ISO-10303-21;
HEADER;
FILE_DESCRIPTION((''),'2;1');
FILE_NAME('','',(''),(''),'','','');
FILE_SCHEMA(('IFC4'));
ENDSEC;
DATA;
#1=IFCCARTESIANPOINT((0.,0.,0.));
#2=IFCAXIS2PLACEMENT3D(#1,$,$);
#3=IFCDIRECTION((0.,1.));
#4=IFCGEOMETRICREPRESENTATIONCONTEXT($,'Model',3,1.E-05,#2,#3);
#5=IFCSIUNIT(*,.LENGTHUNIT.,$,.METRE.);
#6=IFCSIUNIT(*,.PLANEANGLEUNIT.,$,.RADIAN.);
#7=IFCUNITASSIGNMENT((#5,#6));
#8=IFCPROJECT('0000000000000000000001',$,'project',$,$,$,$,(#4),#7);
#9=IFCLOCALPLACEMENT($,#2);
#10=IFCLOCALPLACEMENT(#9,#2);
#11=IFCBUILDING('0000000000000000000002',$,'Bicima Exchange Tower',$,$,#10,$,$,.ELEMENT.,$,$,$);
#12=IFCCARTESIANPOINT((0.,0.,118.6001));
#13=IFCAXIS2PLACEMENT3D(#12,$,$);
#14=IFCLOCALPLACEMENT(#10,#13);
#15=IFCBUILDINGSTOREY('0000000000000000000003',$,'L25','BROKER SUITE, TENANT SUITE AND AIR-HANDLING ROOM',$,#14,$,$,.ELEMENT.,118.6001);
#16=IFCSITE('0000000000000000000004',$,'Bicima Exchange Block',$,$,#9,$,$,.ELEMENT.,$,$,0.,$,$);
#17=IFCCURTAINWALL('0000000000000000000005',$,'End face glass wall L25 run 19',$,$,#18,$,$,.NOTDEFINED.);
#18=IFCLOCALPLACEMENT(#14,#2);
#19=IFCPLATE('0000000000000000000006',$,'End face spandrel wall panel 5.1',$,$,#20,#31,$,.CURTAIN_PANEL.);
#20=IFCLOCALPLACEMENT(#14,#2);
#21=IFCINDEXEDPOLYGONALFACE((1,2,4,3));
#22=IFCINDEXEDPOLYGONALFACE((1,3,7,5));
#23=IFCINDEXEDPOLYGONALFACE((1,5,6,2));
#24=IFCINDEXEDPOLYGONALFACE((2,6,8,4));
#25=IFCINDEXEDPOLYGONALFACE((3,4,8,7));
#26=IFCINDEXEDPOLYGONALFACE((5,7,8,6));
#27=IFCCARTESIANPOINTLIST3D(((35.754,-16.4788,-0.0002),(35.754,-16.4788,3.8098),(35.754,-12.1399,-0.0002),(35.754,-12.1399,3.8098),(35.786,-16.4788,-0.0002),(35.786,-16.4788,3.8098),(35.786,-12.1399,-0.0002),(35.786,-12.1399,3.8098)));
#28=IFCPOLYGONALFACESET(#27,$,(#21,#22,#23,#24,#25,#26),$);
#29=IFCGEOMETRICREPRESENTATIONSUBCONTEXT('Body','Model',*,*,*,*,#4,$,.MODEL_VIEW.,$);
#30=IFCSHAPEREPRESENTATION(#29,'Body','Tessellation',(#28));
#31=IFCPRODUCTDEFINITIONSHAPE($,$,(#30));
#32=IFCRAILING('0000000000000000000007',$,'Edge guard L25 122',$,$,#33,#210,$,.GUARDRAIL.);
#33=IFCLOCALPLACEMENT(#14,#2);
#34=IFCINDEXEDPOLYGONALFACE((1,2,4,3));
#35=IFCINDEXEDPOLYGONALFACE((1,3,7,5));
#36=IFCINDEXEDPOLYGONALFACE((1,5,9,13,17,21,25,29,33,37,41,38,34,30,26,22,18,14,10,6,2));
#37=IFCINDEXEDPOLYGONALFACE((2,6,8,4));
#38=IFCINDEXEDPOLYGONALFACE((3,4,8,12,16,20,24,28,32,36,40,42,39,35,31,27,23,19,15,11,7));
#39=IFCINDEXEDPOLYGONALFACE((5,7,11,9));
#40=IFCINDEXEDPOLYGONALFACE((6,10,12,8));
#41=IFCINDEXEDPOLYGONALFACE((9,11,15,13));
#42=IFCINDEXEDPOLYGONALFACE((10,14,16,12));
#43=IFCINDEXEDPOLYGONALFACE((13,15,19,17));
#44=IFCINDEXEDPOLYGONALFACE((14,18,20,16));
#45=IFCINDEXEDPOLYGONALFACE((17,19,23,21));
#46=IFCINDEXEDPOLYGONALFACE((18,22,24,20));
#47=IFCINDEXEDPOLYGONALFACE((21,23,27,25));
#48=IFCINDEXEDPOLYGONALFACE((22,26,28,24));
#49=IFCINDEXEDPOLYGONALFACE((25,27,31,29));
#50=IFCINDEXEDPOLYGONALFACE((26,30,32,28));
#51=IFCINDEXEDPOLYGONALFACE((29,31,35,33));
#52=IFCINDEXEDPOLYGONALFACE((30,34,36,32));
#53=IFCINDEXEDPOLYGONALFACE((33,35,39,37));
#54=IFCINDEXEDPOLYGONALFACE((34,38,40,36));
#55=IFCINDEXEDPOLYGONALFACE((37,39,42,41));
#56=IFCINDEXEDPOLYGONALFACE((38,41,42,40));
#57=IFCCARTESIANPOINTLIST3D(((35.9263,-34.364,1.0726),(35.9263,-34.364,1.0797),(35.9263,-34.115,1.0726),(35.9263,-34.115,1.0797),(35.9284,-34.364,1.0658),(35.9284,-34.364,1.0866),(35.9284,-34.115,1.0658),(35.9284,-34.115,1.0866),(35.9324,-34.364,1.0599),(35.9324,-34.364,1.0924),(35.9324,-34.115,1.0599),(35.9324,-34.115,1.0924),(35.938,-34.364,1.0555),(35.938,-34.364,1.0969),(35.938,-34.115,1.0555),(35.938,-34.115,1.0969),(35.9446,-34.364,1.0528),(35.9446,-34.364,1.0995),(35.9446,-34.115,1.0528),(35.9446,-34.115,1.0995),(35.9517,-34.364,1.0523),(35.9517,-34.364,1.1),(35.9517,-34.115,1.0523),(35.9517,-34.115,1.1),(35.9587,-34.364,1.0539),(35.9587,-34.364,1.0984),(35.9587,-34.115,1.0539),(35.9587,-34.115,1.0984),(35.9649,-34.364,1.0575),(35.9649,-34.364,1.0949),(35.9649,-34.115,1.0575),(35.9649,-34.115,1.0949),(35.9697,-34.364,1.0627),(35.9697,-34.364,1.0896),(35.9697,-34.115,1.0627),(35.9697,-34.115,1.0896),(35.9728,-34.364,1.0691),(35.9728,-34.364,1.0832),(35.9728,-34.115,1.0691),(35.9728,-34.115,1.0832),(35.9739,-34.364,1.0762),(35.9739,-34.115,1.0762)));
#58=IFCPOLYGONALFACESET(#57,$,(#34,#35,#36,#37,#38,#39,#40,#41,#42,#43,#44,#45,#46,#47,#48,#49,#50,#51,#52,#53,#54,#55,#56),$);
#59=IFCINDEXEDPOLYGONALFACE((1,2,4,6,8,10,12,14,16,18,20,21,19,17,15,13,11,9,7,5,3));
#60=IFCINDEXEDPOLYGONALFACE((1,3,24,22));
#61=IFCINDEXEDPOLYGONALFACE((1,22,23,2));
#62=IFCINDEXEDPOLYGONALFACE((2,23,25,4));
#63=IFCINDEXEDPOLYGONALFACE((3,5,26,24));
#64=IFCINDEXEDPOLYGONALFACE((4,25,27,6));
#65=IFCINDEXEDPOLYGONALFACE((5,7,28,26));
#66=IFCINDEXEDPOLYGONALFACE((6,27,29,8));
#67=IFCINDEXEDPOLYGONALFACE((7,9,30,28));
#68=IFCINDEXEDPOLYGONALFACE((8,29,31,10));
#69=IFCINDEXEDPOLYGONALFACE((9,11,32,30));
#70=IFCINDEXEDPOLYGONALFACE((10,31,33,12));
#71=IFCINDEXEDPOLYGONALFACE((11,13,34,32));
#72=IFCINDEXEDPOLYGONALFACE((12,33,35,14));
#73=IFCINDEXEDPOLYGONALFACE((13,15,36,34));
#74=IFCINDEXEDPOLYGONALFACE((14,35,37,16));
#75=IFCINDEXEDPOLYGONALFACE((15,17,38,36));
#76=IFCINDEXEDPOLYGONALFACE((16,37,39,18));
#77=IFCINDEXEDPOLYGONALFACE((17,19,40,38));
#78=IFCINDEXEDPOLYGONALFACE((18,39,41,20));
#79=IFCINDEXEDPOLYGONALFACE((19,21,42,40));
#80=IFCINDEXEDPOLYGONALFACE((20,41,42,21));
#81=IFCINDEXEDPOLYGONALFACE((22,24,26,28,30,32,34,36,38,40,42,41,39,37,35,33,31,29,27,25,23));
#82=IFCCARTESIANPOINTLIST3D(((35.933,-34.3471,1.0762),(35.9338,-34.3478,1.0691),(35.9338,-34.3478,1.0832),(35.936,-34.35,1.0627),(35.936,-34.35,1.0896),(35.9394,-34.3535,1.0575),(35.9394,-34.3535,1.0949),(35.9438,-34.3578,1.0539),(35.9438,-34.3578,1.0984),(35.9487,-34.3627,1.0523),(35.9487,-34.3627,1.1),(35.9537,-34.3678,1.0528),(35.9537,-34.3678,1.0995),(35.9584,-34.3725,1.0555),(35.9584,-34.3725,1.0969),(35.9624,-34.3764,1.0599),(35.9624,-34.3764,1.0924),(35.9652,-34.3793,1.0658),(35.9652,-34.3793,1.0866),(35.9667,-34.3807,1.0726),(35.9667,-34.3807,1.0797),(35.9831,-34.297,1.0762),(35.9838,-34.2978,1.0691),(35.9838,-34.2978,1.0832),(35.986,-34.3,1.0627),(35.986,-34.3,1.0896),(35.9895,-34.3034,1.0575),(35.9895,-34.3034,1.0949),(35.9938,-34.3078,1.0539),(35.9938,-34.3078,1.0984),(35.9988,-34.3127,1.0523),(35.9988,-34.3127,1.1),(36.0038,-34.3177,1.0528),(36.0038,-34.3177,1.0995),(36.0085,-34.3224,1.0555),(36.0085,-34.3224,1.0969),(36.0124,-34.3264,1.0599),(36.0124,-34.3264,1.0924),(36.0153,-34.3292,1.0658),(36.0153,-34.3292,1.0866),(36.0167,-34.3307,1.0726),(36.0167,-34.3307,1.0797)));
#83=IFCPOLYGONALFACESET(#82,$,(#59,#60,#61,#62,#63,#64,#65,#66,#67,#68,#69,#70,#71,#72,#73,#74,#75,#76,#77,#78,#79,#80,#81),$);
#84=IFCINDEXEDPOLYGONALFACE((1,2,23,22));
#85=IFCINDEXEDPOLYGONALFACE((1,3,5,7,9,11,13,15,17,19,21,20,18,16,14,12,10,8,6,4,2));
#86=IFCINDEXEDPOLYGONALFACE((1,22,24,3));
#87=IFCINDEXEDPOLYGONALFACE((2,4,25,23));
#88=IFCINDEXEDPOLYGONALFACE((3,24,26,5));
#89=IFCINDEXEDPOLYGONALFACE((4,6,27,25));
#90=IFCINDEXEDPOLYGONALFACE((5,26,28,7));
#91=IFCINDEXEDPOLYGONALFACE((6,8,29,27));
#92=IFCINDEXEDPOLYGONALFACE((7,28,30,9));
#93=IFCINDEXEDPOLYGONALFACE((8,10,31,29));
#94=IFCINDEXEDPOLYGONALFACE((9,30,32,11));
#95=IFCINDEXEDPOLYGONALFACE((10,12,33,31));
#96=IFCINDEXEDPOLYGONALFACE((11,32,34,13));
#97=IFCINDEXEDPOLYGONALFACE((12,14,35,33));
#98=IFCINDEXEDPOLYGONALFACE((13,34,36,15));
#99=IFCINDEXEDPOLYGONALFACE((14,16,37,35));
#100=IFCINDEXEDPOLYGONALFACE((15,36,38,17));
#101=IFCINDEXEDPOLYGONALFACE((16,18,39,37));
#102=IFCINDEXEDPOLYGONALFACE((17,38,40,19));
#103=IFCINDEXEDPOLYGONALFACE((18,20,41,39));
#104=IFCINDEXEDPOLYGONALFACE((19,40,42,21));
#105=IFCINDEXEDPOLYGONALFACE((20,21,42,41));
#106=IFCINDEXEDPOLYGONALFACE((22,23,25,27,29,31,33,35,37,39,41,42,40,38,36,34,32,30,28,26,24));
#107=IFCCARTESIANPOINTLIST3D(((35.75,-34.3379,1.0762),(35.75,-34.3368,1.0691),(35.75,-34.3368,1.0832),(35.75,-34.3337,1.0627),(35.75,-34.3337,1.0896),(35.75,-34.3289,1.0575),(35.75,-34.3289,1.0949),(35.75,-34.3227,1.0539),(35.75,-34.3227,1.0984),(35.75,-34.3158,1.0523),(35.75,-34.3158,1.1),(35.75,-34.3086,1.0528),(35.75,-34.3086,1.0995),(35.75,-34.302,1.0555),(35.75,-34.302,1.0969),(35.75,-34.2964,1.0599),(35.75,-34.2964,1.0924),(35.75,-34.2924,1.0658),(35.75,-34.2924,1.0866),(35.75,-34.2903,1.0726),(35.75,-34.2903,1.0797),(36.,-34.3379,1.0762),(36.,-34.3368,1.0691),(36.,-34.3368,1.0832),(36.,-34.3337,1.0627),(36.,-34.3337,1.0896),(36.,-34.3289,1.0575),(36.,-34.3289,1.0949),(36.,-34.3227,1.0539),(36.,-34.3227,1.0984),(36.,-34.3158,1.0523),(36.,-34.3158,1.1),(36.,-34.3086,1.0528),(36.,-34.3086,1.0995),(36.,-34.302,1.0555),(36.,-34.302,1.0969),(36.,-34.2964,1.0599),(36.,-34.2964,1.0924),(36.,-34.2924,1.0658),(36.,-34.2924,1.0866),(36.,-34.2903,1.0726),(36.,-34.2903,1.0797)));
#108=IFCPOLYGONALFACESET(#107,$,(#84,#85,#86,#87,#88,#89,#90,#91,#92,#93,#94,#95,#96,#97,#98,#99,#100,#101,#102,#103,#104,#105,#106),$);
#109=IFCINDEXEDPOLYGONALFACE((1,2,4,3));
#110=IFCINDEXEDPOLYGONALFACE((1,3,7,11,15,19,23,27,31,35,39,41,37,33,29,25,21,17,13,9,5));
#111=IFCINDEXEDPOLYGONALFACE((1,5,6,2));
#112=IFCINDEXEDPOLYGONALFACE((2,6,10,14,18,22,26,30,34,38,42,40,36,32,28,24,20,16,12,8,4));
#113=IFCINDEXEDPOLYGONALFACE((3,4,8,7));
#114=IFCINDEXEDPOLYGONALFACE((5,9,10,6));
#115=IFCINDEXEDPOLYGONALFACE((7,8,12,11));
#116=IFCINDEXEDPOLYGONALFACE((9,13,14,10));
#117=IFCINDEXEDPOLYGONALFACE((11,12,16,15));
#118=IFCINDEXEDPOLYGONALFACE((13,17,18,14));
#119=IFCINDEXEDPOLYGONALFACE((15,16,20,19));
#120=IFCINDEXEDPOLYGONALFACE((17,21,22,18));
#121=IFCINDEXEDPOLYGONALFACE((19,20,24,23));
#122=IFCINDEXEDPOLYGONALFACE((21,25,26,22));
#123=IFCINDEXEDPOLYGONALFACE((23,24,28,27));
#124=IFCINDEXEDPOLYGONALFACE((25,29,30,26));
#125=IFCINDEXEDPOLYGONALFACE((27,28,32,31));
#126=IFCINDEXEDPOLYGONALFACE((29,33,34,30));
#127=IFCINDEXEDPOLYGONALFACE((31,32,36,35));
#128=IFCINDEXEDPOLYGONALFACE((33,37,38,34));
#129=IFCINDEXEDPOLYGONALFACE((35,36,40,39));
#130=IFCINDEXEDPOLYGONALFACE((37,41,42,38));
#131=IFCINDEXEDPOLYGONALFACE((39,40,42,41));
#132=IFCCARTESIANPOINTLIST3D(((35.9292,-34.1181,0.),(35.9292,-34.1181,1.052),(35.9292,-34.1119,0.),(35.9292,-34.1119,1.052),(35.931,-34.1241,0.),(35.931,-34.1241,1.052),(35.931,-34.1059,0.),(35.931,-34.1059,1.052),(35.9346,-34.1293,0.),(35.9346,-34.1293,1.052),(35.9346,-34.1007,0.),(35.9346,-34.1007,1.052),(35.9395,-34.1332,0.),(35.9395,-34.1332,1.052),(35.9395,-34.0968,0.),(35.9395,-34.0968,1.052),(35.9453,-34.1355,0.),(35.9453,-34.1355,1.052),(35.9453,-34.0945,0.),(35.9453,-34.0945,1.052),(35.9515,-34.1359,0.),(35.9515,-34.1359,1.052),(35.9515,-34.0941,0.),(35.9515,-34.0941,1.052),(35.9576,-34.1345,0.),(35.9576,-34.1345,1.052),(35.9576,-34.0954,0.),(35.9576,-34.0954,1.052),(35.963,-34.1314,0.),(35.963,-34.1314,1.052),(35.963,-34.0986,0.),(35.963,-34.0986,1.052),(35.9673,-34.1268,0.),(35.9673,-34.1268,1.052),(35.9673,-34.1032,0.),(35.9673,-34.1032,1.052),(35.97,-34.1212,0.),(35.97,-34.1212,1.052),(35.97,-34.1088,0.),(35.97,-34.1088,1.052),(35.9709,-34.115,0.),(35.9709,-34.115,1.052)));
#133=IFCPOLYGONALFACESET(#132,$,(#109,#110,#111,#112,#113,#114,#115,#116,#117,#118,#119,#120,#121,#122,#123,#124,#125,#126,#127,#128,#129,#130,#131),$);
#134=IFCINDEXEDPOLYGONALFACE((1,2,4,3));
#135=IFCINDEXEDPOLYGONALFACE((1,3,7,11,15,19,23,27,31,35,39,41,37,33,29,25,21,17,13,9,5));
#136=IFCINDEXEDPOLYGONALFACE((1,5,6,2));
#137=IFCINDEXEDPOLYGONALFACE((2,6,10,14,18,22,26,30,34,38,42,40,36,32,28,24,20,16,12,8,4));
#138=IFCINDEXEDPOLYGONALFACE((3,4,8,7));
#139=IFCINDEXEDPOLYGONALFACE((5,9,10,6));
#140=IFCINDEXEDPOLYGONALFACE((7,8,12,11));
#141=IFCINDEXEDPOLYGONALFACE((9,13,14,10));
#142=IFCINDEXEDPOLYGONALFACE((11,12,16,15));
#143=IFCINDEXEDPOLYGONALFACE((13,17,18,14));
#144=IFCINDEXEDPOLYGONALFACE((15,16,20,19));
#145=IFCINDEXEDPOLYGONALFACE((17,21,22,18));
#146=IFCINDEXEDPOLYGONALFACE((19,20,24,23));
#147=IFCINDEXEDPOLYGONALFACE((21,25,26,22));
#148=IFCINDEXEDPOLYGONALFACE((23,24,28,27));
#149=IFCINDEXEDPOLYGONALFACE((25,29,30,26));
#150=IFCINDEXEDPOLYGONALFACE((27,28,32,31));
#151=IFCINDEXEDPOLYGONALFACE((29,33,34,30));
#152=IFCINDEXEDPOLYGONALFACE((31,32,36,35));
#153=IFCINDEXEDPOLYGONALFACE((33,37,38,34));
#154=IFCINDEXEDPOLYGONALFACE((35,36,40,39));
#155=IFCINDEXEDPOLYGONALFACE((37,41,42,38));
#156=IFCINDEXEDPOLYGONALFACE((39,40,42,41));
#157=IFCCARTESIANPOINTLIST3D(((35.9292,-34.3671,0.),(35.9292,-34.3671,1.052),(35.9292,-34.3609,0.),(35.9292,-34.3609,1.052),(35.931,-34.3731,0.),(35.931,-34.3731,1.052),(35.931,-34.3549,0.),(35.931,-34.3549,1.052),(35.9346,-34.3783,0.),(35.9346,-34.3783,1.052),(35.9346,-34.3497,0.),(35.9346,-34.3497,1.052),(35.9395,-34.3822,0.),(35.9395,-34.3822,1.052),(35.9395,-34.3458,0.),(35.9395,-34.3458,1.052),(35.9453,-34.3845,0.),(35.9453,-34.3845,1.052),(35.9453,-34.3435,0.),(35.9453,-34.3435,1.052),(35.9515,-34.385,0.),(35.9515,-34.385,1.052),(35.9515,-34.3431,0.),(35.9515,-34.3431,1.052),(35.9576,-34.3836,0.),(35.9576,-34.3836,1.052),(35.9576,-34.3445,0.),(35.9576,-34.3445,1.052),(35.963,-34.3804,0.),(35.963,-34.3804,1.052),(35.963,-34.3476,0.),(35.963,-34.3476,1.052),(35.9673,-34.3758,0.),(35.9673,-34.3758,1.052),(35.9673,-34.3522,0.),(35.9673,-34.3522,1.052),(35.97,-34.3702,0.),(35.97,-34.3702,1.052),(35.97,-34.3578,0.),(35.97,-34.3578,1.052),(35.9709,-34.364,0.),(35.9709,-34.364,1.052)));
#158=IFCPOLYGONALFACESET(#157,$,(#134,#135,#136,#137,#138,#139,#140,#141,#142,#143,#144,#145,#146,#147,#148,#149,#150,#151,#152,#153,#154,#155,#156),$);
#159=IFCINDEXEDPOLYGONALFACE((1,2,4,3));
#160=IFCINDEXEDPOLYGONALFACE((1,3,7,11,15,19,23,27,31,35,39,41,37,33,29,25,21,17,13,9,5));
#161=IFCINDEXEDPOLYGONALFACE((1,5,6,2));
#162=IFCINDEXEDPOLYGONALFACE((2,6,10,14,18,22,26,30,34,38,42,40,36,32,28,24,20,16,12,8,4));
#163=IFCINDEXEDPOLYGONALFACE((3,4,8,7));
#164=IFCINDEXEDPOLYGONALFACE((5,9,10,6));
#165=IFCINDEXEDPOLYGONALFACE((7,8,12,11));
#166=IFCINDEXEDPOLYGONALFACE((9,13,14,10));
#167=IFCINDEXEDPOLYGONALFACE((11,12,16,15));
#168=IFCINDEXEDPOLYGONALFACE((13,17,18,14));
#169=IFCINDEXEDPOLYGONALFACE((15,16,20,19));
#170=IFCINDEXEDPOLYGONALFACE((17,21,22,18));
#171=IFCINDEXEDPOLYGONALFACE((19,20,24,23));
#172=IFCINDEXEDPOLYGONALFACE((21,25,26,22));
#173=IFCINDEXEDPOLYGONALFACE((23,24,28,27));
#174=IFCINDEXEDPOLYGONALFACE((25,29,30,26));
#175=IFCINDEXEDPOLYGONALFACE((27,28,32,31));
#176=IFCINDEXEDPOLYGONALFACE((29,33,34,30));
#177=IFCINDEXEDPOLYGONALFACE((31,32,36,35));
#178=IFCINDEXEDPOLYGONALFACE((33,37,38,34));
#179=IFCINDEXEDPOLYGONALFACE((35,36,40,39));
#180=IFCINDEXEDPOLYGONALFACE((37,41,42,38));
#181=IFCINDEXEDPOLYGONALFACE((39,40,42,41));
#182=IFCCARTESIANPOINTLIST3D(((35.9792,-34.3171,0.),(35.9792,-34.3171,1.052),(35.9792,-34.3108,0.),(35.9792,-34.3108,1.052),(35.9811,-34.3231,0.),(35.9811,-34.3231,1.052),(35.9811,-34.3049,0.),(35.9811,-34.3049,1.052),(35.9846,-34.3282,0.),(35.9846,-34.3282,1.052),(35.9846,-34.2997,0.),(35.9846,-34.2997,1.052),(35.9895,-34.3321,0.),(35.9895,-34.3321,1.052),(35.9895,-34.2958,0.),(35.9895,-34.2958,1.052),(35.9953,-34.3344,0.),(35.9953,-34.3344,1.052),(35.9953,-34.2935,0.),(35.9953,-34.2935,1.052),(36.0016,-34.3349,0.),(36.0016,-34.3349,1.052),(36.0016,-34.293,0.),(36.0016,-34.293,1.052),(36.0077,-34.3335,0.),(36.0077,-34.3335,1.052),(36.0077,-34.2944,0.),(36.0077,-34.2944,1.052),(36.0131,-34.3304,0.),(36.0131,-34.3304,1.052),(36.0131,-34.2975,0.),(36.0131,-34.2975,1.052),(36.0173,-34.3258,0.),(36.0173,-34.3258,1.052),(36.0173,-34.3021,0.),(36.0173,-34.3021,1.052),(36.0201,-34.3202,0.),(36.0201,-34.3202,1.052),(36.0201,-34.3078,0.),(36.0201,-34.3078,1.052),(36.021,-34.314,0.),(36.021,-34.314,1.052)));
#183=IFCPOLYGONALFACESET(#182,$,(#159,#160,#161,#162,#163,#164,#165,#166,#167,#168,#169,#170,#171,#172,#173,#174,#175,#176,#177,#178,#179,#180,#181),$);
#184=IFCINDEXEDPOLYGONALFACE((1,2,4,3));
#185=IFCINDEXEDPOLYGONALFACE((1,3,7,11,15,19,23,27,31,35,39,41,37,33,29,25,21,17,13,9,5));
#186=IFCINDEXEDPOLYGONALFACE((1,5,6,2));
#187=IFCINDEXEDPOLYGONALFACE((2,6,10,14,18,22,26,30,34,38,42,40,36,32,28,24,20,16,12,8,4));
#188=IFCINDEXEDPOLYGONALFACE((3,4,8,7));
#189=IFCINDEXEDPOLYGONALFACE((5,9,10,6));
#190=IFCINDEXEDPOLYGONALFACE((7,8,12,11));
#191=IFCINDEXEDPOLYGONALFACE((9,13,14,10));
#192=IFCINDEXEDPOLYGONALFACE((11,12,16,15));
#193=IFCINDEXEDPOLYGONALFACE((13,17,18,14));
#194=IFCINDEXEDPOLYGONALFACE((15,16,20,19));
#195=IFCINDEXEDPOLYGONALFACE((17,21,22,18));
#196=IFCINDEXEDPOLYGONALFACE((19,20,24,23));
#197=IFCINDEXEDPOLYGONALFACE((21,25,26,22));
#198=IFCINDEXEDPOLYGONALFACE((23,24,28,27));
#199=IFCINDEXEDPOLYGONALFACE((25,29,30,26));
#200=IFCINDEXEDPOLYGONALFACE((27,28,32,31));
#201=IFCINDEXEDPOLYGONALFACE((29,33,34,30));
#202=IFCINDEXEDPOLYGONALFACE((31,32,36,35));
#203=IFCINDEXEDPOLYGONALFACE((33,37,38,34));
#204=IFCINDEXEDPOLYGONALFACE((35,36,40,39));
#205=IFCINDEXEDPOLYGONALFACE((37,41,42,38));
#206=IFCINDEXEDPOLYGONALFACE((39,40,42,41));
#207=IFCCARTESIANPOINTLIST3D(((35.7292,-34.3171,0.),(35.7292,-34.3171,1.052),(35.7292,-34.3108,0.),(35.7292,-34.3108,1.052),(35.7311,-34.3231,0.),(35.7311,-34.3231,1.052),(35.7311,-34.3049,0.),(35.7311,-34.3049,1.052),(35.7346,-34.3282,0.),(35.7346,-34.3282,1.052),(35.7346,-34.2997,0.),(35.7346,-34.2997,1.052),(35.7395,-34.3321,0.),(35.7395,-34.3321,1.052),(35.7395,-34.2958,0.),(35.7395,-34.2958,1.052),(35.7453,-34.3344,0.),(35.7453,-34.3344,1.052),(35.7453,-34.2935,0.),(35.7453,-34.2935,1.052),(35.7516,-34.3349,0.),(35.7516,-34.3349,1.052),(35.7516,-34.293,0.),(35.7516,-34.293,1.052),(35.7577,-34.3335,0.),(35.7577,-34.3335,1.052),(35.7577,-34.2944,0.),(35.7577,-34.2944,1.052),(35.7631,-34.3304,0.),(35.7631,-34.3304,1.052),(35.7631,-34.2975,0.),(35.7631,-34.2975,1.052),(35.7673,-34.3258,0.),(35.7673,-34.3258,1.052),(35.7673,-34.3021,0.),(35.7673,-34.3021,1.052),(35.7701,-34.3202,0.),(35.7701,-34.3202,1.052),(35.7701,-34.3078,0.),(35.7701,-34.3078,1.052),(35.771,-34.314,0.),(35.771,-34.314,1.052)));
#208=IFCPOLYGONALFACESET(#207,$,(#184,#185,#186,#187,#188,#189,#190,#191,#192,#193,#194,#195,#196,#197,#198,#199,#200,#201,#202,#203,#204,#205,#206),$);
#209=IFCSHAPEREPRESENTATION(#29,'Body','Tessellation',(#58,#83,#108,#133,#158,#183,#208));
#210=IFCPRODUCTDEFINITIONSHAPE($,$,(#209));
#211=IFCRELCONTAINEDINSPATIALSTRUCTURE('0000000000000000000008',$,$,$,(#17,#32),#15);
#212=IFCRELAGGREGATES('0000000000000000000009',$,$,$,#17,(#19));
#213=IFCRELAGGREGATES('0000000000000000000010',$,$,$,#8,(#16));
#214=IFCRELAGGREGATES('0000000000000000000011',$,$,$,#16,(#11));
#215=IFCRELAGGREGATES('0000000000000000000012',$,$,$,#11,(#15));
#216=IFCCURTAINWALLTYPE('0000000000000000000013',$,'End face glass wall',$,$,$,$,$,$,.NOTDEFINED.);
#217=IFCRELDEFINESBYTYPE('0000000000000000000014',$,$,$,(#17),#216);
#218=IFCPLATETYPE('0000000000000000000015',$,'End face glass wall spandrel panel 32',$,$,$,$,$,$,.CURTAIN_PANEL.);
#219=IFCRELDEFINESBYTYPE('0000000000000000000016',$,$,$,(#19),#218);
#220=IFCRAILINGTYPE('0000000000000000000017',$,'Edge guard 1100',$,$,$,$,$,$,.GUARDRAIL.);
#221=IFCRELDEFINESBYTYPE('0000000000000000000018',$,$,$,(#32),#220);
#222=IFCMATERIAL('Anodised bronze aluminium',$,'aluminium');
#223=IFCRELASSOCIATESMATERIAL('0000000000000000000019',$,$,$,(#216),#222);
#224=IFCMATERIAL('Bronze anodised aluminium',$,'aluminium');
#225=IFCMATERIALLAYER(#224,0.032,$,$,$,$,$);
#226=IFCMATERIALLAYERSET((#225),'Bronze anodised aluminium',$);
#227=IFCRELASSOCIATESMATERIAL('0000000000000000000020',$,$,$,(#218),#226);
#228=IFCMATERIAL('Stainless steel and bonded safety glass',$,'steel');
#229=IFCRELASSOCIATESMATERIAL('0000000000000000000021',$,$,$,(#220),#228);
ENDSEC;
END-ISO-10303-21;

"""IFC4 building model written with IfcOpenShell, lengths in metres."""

from ifc_helpers import new_model, si_unit, direction, frame, origin, origin_2d, place, context, subcontext, project, spatial, rectangle, circle, extrude, material, layer, layer_set, type_object, element, aggregate, save


model = new_model("IFC4")

# Units and contexts
model_context = context("Model", 3, precision=1e-05, world=origin(), true_north=direction((0.0, 1.0)))
body_context = subcontext(model_context, "Body", "Model", "MODEL_VIEW")
ifc_project = project(units=[si_unit("LENGTHUNIT", "METRE"), si_unit("PLANEANGLEUNIT", "RADIAN")], contexts=[model_context])

# Site, building, storey
site_placement = place(None, origin())
site = spatial("IfcSite", under=ifc_project, at=site_placement, Name="Bicima Exchange Block", CompositionType="ELEMENT", RefElevation=0.0)
building_placement = place(site_placement, origin())
building = spatial("IfcBuilding", under=site, at=building_placement, Name="Bicima Exchange Tower", CompositionType="ELEMENT")
storey_placement = place(building_placement, frame((0.0, 0.0, 118.6001)))
storey = spatial("IfcBuildingStorey", under=building, at=storey_placement, Name="L25", Description="BROKER SUITE, TENANT SUITE AND AIR-HANDLING ROOM", CompositionType="ELEMENT", Elevation=118.6001)

# Curtain wall
ifc_material_1 = material(Name="Anodised bronze aluminium", Category="aluminium")
curtain_wall_type = type_object("IfcCurtainWallType", Name="End face glass wall", PredefinedType="NOTDEFINED", material=ifc_material_1)
curtain_wall_placement = place(storey_placement, origin())
curtain_wall = element("IfcCurtainWall", 1, at=curtain_wall_placement, inside=storey, type_object=curtain_wall_type, Name="End face glass wall L25 run 19", PredefinedType="NOTDEFINED")

# Plate
ifc_material_2 = material(Name="Bronze anodised aluminium", Category="aluminium")
ifc_layer_1 = layer(ifc_material_2, 0.032)
ifc_layer_set_1 = layer_set([ifc_layer_1], Name="Bronze anodised aluminium")
plate_type_1 = type_object("IfcPlateType", Name="End face glass wall spandrel panel 32", PredefinedType="CURTAIN_PANEL", material=ifc_layer_set_1)
plate_1_placement = place(storey_placement, frame((35.77, -14.3093, -0.0002), z_axis=(0.0, 0.0, 1.0), x_axis=(0.0, 1.0, 0.0)))
plate_1 = element("IfcPlate", 2, at=plate_1_placement, type_object=plate_type_1, Name="End face spandrel wall panel 5.1", PredefinedType="CURTAIN_PANEL", context=body_context, shape_type="SweptSolid", body=[
    extrude(rectangle(XDim=4.3389, YDim=0.032, at=origin_2d()), origin(), (0.0, 0.0, 1.0), 3.8101),
])
aggregate(curtain_wall, [plate_1])

# Railing
ifc_material_3 = material(Name="Stainless steel and bonded safety glass", Category="steel")
railing_type = type_object("IfcRailingType", Name="Edge guard 1100", PredefinedType="GUARDRAIL", material=ifc_material_3)
railing_placement = place(storey_placement, frame((35.95, -34.115, 0.0)))
element("IfcRailing", 3, at=railing_placement, inside=storey, type_object=railing_type, Name="Edge guard L25 122", PredefinedType="GUARDRAIL", context=body_context, shape_type="SweptSolid", body=[
    extrude(circle(Radius=0.0239, at=origin_2d()), frame((0.0, 0.0, 1.0762), z_axis=(0.0, -1.0, 0.0), x_axis=(1.0, 0.0, 0.0)), (0.0, 0.0, 1.0), 0.249),
    extrude(circle(Radius=0.0239, at=origin_2d()), frame((0.0, -0.249, 1.0762), z_axis=(0.707107, 0.707107, 0.0), x_axis=(-0.707107, 0.707107, 0.0)), (0.0, 0.0, 1.0), 0.0708),
    extrude(circle(Radius=0.0239, at=origin_2d()), frame((0.05, -0.199, 1.0762), z_axis=(-1.0, 0.0, 0.0), x_axis=(0.0, -1.0, 0.0)), (0.0, 0.0, 1.0), 0.25),
    extrude(circle(Radius=0.021, at=origin_2d()), origin(), (0.0, 0.0, 1.0), 1.052),
    extrude(circle(Radius=0.021, at=origin_2d()), frame((0.0, -0.249, 0.0)), (0.0, 0.0, 1.0), 1.052),
    extrude(circle(Radius=0.021, at=origin_2d()), frame((0.05, -0.199, 0.0)), (0.0, 0.0, 1.0), 1.052),
    extrude(circle(Radius=0.021, at=origin_2d()), frame((-0.2, -0.199, 0.0)), (0.0, 0.0, 1.0), 1.052),
])

save(model, "model.ifc")
